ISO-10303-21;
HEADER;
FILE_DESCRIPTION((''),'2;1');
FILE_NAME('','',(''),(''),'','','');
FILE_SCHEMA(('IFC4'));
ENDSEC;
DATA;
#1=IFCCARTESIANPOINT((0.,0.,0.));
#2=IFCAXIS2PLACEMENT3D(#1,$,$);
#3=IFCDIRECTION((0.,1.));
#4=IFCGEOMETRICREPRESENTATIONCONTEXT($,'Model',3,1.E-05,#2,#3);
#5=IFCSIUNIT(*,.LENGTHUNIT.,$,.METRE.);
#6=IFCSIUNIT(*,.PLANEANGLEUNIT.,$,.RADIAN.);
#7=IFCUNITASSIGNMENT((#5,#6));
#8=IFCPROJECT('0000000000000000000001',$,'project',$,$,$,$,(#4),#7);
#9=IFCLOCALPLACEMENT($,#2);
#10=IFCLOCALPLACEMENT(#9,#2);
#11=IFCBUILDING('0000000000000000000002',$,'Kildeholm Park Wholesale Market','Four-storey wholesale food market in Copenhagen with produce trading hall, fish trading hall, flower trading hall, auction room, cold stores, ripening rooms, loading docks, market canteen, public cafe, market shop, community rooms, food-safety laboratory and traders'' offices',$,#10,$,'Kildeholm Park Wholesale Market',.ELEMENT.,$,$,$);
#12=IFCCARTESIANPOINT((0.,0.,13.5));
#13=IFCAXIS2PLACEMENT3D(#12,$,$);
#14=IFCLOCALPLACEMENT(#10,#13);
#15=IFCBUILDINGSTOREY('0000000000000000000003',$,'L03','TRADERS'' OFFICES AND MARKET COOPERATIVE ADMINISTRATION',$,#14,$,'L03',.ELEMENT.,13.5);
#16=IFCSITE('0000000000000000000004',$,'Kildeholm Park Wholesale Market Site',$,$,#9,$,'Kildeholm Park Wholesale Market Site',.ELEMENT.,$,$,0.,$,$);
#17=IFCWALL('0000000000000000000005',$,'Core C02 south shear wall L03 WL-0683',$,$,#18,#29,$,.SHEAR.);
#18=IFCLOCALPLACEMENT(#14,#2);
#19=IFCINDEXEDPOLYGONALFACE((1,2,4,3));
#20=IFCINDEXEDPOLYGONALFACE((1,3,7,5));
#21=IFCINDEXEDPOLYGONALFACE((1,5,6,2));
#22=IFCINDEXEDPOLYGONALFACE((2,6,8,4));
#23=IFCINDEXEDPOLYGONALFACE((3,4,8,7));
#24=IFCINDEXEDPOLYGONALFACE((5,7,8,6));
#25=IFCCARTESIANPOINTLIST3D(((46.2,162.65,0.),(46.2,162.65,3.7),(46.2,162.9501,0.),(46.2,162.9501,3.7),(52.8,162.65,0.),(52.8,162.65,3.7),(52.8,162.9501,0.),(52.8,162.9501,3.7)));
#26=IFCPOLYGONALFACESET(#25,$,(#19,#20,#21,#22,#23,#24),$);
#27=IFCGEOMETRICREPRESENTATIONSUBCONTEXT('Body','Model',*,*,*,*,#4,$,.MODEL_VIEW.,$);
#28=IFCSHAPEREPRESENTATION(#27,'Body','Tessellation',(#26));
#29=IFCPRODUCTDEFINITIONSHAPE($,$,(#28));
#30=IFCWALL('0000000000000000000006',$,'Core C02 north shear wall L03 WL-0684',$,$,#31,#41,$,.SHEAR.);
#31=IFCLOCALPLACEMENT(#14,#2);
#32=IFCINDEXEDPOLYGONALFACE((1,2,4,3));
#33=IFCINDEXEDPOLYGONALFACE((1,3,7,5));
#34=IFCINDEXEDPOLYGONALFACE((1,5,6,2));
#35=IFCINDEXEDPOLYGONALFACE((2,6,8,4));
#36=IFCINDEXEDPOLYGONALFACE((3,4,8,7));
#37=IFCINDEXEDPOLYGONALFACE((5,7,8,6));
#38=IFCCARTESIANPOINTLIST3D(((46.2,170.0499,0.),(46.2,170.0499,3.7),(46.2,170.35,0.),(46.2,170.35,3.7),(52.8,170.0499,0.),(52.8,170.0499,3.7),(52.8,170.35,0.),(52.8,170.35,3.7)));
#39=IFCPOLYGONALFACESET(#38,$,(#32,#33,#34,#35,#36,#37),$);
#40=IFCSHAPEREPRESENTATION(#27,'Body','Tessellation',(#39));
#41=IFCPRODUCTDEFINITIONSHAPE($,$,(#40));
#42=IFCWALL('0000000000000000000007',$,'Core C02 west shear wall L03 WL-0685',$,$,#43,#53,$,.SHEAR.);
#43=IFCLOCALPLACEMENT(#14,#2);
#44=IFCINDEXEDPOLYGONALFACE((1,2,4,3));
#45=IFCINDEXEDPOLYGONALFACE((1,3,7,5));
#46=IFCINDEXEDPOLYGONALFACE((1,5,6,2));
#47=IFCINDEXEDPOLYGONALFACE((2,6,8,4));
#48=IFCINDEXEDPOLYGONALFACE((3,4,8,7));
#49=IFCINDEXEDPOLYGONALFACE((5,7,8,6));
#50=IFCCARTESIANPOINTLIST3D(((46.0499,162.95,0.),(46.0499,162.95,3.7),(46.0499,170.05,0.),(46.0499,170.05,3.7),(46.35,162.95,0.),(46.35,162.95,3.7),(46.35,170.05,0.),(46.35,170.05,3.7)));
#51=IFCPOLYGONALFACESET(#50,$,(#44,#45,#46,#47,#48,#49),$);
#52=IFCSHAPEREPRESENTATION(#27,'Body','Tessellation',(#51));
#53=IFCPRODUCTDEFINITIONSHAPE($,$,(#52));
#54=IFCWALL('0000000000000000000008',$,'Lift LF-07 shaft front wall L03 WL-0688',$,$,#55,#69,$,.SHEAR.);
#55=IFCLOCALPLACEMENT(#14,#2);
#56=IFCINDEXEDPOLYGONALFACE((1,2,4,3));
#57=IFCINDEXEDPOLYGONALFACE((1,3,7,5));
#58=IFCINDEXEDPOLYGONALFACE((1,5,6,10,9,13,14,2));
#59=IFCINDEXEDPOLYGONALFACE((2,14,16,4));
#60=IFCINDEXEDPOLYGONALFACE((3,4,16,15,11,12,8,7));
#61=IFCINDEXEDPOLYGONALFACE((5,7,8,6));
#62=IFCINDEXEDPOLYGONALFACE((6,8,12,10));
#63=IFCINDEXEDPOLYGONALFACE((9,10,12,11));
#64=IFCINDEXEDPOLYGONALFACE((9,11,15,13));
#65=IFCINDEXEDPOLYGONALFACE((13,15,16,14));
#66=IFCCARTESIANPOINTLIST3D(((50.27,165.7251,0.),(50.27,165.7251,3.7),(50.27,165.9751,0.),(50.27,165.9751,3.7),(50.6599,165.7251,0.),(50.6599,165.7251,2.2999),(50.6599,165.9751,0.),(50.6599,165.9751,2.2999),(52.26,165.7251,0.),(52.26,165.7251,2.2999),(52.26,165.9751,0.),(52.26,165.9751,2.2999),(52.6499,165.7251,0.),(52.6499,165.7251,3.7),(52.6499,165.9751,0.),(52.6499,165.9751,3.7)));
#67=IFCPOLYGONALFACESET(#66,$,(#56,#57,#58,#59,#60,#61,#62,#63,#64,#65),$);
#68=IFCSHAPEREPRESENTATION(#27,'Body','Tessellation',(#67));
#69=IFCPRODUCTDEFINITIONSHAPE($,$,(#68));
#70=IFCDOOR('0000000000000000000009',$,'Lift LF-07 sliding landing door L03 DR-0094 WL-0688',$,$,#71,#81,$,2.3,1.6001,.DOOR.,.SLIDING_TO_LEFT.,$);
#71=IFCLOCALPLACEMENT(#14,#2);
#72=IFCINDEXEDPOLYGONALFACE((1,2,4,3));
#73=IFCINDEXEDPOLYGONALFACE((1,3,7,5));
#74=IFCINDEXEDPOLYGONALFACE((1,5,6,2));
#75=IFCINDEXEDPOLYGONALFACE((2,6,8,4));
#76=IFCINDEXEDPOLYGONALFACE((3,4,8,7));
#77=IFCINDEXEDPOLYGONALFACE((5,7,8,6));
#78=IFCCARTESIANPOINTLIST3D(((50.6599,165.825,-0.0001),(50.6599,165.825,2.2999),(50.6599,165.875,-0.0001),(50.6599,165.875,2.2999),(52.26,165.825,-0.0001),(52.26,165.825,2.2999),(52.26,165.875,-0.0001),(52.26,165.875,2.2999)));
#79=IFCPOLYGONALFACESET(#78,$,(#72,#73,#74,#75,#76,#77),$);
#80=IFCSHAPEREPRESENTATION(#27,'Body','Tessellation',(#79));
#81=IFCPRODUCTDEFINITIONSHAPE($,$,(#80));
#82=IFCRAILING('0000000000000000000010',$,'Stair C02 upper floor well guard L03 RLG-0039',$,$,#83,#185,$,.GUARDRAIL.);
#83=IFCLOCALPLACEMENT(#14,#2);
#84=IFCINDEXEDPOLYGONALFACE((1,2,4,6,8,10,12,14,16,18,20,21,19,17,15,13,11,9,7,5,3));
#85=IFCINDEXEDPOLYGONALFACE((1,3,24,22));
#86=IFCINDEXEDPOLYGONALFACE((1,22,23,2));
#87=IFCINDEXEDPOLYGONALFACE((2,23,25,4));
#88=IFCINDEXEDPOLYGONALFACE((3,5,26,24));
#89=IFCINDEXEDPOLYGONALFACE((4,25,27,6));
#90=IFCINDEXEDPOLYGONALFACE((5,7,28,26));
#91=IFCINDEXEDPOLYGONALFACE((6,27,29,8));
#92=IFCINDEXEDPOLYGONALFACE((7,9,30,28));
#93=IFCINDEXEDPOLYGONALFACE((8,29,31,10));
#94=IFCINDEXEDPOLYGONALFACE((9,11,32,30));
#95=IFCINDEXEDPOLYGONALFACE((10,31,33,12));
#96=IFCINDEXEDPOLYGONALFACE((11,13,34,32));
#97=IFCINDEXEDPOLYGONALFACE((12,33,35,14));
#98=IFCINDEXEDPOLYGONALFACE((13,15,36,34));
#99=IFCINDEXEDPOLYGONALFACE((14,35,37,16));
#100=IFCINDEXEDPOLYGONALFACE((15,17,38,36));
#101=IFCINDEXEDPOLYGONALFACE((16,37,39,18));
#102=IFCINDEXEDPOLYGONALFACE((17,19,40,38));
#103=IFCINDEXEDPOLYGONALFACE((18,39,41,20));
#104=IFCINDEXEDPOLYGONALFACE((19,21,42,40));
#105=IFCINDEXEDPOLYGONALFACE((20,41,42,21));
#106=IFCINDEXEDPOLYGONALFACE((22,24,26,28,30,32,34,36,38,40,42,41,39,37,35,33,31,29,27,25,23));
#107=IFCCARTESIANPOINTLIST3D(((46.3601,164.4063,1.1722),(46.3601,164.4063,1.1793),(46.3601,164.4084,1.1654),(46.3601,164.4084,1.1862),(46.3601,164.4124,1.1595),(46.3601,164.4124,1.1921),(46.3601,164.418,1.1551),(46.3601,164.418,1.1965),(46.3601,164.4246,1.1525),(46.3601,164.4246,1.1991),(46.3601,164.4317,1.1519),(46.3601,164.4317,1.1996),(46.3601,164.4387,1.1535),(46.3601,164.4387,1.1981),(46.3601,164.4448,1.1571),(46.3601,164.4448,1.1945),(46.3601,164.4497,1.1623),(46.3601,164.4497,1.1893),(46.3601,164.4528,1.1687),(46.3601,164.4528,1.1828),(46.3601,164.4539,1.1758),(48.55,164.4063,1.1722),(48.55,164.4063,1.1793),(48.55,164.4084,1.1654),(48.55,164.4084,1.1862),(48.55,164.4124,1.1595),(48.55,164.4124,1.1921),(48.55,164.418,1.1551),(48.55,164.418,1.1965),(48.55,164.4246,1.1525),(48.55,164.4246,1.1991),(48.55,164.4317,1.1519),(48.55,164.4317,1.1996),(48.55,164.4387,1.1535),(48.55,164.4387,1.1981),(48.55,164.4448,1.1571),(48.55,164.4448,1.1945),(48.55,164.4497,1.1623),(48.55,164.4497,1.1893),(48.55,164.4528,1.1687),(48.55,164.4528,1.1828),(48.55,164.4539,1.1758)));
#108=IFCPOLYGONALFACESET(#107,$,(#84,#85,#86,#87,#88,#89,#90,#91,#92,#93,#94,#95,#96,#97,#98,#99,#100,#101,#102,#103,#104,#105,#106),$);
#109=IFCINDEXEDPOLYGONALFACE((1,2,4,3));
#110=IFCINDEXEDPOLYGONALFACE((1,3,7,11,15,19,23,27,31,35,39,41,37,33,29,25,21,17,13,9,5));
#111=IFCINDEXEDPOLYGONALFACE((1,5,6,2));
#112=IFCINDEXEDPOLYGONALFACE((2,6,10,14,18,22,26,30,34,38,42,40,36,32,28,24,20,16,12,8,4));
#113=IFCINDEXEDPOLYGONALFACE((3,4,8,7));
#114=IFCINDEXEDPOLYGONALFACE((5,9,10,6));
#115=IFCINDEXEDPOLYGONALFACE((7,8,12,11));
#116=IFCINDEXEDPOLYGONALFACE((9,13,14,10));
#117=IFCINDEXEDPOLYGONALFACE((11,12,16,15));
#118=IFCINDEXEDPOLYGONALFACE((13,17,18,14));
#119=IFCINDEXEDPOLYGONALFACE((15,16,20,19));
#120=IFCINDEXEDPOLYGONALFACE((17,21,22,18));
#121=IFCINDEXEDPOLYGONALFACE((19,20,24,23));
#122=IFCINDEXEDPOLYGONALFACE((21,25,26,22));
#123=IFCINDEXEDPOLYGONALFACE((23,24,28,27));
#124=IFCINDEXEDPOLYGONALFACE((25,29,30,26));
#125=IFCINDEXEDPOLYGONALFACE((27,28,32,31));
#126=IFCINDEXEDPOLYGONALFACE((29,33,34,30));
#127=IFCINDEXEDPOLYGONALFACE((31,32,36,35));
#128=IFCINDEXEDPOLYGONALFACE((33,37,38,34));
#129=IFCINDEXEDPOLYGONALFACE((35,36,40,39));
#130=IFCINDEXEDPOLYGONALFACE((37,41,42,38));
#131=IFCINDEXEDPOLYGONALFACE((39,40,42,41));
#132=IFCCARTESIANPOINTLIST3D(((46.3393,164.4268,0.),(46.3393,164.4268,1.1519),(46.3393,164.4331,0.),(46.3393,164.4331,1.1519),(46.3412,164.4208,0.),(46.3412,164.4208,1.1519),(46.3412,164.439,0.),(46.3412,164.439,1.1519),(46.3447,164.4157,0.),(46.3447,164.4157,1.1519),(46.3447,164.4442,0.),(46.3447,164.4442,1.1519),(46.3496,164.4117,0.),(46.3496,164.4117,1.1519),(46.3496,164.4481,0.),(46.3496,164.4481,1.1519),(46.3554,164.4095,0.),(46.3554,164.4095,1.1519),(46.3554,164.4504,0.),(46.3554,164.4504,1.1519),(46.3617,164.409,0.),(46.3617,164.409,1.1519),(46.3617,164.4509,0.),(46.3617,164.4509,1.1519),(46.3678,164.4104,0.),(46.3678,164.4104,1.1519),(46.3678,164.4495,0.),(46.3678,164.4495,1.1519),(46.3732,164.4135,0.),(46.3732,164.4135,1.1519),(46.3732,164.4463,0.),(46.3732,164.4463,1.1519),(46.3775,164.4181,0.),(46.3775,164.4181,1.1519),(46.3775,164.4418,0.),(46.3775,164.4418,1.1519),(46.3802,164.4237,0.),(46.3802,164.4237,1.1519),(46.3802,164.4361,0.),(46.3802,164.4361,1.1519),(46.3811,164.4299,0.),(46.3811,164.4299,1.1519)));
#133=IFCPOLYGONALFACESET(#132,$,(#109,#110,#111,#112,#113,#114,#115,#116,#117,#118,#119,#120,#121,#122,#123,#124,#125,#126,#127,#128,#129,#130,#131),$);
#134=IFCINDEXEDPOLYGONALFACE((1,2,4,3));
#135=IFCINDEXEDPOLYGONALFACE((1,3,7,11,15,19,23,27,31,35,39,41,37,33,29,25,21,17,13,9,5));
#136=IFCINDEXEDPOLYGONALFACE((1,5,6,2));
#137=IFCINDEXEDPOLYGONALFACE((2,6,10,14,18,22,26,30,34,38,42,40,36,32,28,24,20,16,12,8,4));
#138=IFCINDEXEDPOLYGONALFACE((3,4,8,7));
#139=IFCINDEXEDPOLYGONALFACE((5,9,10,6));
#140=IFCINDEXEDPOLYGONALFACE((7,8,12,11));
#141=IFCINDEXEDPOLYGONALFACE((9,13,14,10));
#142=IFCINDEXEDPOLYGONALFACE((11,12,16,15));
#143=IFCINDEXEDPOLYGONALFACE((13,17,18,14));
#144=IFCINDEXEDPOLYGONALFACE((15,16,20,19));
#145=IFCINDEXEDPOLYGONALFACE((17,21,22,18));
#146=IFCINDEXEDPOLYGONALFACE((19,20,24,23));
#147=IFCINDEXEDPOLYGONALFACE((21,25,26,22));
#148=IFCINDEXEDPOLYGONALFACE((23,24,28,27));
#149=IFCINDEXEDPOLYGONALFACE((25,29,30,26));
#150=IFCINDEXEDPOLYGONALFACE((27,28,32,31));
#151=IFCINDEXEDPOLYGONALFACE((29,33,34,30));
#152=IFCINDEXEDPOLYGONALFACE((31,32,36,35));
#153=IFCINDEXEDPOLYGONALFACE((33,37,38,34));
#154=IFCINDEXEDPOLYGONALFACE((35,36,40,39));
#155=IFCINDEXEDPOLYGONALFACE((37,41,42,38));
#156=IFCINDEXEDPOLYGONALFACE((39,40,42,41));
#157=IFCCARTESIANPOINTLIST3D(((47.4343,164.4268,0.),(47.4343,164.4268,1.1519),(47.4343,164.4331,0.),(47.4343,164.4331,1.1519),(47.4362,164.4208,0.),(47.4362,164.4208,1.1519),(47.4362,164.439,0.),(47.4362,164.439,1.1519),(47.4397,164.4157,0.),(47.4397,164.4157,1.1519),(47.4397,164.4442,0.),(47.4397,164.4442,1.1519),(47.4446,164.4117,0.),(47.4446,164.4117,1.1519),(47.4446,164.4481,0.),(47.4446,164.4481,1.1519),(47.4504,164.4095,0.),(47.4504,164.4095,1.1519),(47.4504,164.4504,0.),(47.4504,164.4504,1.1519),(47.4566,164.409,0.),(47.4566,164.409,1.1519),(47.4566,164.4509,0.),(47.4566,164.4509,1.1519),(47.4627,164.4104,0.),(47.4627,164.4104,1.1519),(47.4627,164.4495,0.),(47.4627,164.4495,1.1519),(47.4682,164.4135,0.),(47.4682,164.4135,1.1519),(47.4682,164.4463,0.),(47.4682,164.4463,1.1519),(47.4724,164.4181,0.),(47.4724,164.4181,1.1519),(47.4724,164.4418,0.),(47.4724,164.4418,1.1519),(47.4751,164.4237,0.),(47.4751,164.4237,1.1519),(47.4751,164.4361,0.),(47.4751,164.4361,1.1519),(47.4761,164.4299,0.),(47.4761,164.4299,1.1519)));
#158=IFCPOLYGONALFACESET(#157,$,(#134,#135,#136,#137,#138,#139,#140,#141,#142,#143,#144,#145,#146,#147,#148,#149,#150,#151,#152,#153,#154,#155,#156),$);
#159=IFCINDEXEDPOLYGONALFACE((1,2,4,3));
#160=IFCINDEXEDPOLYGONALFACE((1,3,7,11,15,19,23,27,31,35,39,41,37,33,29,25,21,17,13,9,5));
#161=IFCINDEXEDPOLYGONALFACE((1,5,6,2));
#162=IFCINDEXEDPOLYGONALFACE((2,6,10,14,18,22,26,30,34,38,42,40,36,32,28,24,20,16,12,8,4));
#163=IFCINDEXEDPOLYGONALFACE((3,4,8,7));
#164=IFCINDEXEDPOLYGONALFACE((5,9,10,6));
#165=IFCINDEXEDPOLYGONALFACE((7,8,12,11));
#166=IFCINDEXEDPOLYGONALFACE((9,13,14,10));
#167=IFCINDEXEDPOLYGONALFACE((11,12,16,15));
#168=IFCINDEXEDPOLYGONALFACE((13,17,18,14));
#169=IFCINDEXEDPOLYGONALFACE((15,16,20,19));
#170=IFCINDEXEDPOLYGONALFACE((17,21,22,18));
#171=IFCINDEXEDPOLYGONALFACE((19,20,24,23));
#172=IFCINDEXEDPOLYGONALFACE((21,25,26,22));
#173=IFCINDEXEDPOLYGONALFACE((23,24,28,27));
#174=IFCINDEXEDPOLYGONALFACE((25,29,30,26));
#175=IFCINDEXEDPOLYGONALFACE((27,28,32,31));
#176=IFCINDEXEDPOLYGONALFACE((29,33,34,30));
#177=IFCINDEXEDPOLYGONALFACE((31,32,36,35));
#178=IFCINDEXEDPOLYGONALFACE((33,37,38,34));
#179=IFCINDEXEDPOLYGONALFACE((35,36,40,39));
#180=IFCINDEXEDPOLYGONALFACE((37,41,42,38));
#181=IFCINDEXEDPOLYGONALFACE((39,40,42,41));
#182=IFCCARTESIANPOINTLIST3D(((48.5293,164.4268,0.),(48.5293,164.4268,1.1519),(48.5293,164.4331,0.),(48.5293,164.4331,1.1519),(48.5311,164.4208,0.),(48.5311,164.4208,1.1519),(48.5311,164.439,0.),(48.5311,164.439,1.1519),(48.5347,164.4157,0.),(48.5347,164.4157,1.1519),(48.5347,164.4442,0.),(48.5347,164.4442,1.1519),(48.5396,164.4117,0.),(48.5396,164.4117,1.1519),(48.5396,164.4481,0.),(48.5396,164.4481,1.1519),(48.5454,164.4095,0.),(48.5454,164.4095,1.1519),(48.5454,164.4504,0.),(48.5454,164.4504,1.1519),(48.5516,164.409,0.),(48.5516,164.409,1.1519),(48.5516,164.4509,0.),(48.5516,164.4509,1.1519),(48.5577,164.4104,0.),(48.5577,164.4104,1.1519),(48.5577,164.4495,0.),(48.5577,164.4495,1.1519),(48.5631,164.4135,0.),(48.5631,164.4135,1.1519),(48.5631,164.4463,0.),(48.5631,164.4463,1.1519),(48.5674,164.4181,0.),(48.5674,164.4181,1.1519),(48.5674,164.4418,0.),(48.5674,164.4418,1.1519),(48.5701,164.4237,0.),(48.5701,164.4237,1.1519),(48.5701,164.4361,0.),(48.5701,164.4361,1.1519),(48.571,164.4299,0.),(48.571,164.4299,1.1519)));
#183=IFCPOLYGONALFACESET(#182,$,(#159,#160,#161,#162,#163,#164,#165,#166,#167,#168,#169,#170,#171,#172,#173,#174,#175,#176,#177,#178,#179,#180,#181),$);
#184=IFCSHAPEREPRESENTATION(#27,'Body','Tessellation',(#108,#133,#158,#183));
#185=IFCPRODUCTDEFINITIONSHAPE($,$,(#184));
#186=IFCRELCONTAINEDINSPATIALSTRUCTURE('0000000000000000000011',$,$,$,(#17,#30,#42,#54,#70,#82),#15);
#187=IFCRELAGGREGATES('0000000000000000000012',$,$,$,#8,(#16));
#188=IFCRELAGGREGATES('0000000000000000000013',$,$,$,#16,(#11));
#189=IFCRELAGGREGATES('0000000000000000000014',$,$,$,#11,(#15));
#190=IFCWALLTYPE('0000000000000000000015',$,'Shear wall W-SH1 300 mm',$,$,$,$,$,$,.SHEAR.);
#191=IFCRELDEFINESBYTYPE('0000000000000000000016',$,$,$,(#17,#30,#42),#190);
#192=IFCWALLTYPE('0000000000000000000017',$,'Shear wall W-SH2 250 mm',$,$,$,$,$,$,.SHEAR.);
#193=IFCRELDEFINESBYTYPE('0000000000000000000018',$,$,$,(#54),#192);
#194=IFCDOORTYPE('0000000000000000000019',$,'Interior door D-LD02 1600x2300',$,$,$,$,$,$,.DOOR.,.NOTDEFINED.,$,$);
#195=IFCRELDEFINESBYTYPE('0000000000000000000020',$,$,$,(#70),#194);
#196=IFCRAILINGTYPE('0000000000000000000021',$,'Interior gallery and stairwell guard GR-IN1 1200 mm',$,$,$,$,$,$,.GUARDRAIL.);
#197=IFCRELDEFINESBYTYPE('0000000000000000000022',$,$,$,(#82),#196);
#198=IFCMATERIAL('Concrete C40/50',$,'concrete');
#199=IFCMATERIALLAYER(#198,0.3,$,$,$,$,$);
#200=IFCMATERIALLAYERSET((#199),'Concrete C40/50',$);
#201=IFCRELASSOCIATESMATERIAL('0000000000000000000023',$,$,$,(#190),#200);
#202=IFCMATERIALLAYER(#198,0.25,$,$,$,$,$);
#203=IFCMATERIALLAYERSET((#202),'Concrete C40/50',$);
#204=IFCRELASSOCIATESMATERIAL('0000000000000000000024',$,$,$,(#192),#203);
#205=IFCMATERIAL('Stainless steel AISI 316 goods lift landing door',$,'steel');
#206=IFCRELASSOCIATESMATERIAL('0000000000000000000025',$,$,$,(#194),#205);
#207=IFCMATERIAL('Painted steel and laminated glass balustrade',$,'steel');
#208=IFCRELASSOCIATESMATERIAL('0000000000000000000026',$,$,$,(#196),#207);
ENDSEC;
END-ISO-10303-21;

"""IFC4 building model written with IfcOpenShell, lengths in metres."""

from ifc_helpers import new_model, si_unit, direction, frame, frame_2d, origin, origin_2d, place, context, subcontext, project, spatial, rectangle, circle, extrude, material, layer, layer_set, type_object, element, fill, save


model = new_model("IFC4")

# Units and contexts
model_context = context("Model", 3, precision=1e-05, world=origin(), true_north=direction((0.0, 1.0)))
body_context = subcontext(model_context, "Body", "Model", "MODEL_VIEW")
ifc_project = project(units=[si_unit("LENGTHUNIT", "METRE"), si_unit("PLANEANGLEUNIT", "RADIAN")], contexts=[model_context])

# Site, building, storey
site_placement = place(None, origin())
site = spatial("IfcSite", under=ifc_project, at=site_placement, Name="Kildeholm Park Wholesale Market Site", LongName="Kildeholm Park Wholesale Market Site", CompositionType="ELEMENT", RefElevation=0.0)
building_placement = place(site_placement, origin())
building = spatial("IfcBuilding", under=site, at=building_placement, Name="Kildeholm Park Wholesale Market", Description="Four-storey wholesale food market in Copenhagen with produce trading hall, fish trading hall, flower trading hall, auction room, cold stores, ripening rooms, loading docks, market canteen, public cafe, market shop, community rooms, food-safety laboratory and traders' offices", LongName="Kildeholm Park Wholesale Market", CompositionType="ELEMENT")
storey_placement = place(building_placement, frame((0.0, 0.0, 13.5)))
storey = spatial("IfcBuildingStorey", under=building, at=storey_placement, Name="L03", Description="TRADERS' OFFICES AND MARKET COOPERATIVE ADMINISTRATION", LongName="L03", CompositionType="ELEMENT", Elevation=13.5)

# Walls
ifc_material_1 = material(Name="Concrete C40/50", Category="concrete")
ifc_layer_1 = layer(ifc_material_1, 0.3)
ifc_layer_set_1 = layer_set([ifc_layer_1], Name="Concrete C40/50")
wall_type_1 = type_object("IfcWallType", Name="Shear wall W-SH1 300 mm", PredefinedType="SHEAR", material=ifc_layer_set_1)
for number, where, z_axis, x_axis, name in (
    (1, (46.2, 162.8, 0.0), (0.0, 0.0, 1.0), (1.0, 0.0, 0.0), "Core C02 south shear wall L03 WL-0683"),
    (2, (46.2, 170.2, 0.0), (0.0, 0.0, 1.0), (1.0, 0.0, 0.0), "Core C02 north shear wall L03 WL-0684"),
):
    element("IfcWall", number, at=place(storey_placement, frame(where, z_axis=z_axis, x_axis=x_axis)), inside=storey, type_object=wall_type_1, Name=name, PredefinedType="SHEAR", context=body_context, shape_type="SweptSolid", body=[
        extrude(rectangle(XDim=6.6001, YDim=0.3, at=frame_2d((3.3, 0.0))), origin(), (0.0, 0.0, 1.0), 3.7),
    ])
wall_1_placement = place(storey_placement, frame((46.2, 162.95, 0.0), z_axis=(0.0, 0.0, 1.0), x_axis=(0.0, 1.0, 0.0)))
element("IfcWall", 3, at=wall_1_placement, inside=storey, type_object=wall_type_1, Name="Core C02 west shear wall L03 WL-0685", PredefinedType="SHEAR", context=body_context, shape_type="SweptSolid", body=[
    extrude(rectangle(XDim=7.1001, YDim=0.3, at=frame_2d((3.55, 0.0))), origin(), (0.0, 0.0, 1.0), 3.7),
])

# Wall, opening, door
ifc_layer_2 = layer(ifc_material_1, 0.25)
ifc_layer_set_2 = layer_set([ifc_layer_2], Name="Concrete C40/50")
wall_type_2 = type_object("IfcWallType", Name="Shear wall W-SH2 250 mm", PredefinedType="SHEAR", material=ifc_layer_set_2)
wall_2_placement = place(storey_placement, frame((50.27, 165.8501, 0.0), z_axis=(0.0, 0.0, 1.0), x_axis=(1.0, 0.0, 0.0)))
wall_2 = element("IfcWall", 4, at=wall_2_placement, inside=storey, type_object=wall_type_2, Name="Lift LF-07 shaft front wall L03 WL-0688", PredefinedType="SHEAR", context=body_context, shape_type="SweptSolid", body=[
    extrude(rectangle(XDim=2.3799, YDim=0.25, at=frame_2d((1.1899, 0.0))), origin(), (0.0, 0.0, 1.0), 3.7),
])
opening_1_placement = place(wall_2_placement, frame((0.3899, 0.0, 0.0)))
opening_1 = element("IfcOpeningElement", 5, at=opening_1_placement, cuts=wall_2, PredefinedType="OPENING", context=body_context, shape_type="SweptSolid", body=[
    extrude(rectangle(XDim=1.6001, YDim=2.3, at=frame_2d((0.8, 1.1499))), frame((0.0, 0.135, 0.0), z_axis=(0.0, -1.0, 0.0), x_axis=(1.0, 0.0, 0.0)), (0.0, 0.0, 1.0), 0.27),
])
ifc_material_2 = material(Name="Stainless steel AISI 316 goods lift landing door", Category="steel")
door_type_1 = type_object("IfcDoorType", Name="Interior door D-LD02 1600x2300", OperationType="NOTDEFINED", PredefinedType="DOOR", material=ifc_material_2)
door_1_placement = place(opening_1_placement, origin())
door_1 = element("IfcDoor", 6, at=door_1_placement, inside=storey, type_object=door_type_1, Name="Lift LF-07 sliding landing door L03 DR-0094 WL-0688", OperationType="SLIDING_TO_LEFT", OverallHeight=2.3, OverallWidth=1.6001, PredefinedType="DOOR", context=body_context, shape_type="SweptSolid", body=[
    extrude(rectangle(XDim=1.6001, YDim=2.3, at=frame_2d((0.8, 1.1499))), frame((0.0, 0.0249, 0.0), z_axis=(0.0, -1.0, 0.0), x_axis=(1.0, 0.0, 0.0)), (0.0, 0.0, 1.0), 0.05),
])
fill(opening_1, door_1)

# Railing
ifc_material_3 = material(Name="Painted steel and laminated glass balustrade", Category="steel")
railing_type_1 = type_object("IfcRailingType", Name="Interior gallery and stairwell guard GR-IN1 1200 mm", PredefinedType="GUARDRAIL", material=ifc_material_3)
railing_1_placement = place(storey_placement, frame((46.3601, 164.4299, 0.0)))
element("IfcRailing", 7, at=railing_1_placement, inside=storey, type_object=railing_type_1, Name="Stair C02 upper floor well guard L03 RLG-0039", PredefinedType="GUARDRAIL", context=body_context, shape_type="SweptSolid", body=[
    extrude(circle(Radius=0.0239, at=origin_2d()), frame((0.0, 0.0, 1.1758), z_axis=(1.0, 0.0, 0.0), x_axis=(0.0, 1.0, 0.0)), (0.0, 0.0, 1.0), 2.1899),
    extrude(circle(Radius=0.021, at=origin_2d()), origin(), (0.0, 0.0, 1.0), 1.1519),
    extrude(circle(Radius=0.021, at=origin_2d()), frame((1.095, 0.0, 0.0)), (0.0, 0.0, 1.0), 1.1519),
    extrude(circle(Radius=0.021, at=origin_2d()), frame((2.1899, 0.0, 0.0)), (0.0, 0.0, 1.0), 1.1519),
])

save(model, "model.ifc")
